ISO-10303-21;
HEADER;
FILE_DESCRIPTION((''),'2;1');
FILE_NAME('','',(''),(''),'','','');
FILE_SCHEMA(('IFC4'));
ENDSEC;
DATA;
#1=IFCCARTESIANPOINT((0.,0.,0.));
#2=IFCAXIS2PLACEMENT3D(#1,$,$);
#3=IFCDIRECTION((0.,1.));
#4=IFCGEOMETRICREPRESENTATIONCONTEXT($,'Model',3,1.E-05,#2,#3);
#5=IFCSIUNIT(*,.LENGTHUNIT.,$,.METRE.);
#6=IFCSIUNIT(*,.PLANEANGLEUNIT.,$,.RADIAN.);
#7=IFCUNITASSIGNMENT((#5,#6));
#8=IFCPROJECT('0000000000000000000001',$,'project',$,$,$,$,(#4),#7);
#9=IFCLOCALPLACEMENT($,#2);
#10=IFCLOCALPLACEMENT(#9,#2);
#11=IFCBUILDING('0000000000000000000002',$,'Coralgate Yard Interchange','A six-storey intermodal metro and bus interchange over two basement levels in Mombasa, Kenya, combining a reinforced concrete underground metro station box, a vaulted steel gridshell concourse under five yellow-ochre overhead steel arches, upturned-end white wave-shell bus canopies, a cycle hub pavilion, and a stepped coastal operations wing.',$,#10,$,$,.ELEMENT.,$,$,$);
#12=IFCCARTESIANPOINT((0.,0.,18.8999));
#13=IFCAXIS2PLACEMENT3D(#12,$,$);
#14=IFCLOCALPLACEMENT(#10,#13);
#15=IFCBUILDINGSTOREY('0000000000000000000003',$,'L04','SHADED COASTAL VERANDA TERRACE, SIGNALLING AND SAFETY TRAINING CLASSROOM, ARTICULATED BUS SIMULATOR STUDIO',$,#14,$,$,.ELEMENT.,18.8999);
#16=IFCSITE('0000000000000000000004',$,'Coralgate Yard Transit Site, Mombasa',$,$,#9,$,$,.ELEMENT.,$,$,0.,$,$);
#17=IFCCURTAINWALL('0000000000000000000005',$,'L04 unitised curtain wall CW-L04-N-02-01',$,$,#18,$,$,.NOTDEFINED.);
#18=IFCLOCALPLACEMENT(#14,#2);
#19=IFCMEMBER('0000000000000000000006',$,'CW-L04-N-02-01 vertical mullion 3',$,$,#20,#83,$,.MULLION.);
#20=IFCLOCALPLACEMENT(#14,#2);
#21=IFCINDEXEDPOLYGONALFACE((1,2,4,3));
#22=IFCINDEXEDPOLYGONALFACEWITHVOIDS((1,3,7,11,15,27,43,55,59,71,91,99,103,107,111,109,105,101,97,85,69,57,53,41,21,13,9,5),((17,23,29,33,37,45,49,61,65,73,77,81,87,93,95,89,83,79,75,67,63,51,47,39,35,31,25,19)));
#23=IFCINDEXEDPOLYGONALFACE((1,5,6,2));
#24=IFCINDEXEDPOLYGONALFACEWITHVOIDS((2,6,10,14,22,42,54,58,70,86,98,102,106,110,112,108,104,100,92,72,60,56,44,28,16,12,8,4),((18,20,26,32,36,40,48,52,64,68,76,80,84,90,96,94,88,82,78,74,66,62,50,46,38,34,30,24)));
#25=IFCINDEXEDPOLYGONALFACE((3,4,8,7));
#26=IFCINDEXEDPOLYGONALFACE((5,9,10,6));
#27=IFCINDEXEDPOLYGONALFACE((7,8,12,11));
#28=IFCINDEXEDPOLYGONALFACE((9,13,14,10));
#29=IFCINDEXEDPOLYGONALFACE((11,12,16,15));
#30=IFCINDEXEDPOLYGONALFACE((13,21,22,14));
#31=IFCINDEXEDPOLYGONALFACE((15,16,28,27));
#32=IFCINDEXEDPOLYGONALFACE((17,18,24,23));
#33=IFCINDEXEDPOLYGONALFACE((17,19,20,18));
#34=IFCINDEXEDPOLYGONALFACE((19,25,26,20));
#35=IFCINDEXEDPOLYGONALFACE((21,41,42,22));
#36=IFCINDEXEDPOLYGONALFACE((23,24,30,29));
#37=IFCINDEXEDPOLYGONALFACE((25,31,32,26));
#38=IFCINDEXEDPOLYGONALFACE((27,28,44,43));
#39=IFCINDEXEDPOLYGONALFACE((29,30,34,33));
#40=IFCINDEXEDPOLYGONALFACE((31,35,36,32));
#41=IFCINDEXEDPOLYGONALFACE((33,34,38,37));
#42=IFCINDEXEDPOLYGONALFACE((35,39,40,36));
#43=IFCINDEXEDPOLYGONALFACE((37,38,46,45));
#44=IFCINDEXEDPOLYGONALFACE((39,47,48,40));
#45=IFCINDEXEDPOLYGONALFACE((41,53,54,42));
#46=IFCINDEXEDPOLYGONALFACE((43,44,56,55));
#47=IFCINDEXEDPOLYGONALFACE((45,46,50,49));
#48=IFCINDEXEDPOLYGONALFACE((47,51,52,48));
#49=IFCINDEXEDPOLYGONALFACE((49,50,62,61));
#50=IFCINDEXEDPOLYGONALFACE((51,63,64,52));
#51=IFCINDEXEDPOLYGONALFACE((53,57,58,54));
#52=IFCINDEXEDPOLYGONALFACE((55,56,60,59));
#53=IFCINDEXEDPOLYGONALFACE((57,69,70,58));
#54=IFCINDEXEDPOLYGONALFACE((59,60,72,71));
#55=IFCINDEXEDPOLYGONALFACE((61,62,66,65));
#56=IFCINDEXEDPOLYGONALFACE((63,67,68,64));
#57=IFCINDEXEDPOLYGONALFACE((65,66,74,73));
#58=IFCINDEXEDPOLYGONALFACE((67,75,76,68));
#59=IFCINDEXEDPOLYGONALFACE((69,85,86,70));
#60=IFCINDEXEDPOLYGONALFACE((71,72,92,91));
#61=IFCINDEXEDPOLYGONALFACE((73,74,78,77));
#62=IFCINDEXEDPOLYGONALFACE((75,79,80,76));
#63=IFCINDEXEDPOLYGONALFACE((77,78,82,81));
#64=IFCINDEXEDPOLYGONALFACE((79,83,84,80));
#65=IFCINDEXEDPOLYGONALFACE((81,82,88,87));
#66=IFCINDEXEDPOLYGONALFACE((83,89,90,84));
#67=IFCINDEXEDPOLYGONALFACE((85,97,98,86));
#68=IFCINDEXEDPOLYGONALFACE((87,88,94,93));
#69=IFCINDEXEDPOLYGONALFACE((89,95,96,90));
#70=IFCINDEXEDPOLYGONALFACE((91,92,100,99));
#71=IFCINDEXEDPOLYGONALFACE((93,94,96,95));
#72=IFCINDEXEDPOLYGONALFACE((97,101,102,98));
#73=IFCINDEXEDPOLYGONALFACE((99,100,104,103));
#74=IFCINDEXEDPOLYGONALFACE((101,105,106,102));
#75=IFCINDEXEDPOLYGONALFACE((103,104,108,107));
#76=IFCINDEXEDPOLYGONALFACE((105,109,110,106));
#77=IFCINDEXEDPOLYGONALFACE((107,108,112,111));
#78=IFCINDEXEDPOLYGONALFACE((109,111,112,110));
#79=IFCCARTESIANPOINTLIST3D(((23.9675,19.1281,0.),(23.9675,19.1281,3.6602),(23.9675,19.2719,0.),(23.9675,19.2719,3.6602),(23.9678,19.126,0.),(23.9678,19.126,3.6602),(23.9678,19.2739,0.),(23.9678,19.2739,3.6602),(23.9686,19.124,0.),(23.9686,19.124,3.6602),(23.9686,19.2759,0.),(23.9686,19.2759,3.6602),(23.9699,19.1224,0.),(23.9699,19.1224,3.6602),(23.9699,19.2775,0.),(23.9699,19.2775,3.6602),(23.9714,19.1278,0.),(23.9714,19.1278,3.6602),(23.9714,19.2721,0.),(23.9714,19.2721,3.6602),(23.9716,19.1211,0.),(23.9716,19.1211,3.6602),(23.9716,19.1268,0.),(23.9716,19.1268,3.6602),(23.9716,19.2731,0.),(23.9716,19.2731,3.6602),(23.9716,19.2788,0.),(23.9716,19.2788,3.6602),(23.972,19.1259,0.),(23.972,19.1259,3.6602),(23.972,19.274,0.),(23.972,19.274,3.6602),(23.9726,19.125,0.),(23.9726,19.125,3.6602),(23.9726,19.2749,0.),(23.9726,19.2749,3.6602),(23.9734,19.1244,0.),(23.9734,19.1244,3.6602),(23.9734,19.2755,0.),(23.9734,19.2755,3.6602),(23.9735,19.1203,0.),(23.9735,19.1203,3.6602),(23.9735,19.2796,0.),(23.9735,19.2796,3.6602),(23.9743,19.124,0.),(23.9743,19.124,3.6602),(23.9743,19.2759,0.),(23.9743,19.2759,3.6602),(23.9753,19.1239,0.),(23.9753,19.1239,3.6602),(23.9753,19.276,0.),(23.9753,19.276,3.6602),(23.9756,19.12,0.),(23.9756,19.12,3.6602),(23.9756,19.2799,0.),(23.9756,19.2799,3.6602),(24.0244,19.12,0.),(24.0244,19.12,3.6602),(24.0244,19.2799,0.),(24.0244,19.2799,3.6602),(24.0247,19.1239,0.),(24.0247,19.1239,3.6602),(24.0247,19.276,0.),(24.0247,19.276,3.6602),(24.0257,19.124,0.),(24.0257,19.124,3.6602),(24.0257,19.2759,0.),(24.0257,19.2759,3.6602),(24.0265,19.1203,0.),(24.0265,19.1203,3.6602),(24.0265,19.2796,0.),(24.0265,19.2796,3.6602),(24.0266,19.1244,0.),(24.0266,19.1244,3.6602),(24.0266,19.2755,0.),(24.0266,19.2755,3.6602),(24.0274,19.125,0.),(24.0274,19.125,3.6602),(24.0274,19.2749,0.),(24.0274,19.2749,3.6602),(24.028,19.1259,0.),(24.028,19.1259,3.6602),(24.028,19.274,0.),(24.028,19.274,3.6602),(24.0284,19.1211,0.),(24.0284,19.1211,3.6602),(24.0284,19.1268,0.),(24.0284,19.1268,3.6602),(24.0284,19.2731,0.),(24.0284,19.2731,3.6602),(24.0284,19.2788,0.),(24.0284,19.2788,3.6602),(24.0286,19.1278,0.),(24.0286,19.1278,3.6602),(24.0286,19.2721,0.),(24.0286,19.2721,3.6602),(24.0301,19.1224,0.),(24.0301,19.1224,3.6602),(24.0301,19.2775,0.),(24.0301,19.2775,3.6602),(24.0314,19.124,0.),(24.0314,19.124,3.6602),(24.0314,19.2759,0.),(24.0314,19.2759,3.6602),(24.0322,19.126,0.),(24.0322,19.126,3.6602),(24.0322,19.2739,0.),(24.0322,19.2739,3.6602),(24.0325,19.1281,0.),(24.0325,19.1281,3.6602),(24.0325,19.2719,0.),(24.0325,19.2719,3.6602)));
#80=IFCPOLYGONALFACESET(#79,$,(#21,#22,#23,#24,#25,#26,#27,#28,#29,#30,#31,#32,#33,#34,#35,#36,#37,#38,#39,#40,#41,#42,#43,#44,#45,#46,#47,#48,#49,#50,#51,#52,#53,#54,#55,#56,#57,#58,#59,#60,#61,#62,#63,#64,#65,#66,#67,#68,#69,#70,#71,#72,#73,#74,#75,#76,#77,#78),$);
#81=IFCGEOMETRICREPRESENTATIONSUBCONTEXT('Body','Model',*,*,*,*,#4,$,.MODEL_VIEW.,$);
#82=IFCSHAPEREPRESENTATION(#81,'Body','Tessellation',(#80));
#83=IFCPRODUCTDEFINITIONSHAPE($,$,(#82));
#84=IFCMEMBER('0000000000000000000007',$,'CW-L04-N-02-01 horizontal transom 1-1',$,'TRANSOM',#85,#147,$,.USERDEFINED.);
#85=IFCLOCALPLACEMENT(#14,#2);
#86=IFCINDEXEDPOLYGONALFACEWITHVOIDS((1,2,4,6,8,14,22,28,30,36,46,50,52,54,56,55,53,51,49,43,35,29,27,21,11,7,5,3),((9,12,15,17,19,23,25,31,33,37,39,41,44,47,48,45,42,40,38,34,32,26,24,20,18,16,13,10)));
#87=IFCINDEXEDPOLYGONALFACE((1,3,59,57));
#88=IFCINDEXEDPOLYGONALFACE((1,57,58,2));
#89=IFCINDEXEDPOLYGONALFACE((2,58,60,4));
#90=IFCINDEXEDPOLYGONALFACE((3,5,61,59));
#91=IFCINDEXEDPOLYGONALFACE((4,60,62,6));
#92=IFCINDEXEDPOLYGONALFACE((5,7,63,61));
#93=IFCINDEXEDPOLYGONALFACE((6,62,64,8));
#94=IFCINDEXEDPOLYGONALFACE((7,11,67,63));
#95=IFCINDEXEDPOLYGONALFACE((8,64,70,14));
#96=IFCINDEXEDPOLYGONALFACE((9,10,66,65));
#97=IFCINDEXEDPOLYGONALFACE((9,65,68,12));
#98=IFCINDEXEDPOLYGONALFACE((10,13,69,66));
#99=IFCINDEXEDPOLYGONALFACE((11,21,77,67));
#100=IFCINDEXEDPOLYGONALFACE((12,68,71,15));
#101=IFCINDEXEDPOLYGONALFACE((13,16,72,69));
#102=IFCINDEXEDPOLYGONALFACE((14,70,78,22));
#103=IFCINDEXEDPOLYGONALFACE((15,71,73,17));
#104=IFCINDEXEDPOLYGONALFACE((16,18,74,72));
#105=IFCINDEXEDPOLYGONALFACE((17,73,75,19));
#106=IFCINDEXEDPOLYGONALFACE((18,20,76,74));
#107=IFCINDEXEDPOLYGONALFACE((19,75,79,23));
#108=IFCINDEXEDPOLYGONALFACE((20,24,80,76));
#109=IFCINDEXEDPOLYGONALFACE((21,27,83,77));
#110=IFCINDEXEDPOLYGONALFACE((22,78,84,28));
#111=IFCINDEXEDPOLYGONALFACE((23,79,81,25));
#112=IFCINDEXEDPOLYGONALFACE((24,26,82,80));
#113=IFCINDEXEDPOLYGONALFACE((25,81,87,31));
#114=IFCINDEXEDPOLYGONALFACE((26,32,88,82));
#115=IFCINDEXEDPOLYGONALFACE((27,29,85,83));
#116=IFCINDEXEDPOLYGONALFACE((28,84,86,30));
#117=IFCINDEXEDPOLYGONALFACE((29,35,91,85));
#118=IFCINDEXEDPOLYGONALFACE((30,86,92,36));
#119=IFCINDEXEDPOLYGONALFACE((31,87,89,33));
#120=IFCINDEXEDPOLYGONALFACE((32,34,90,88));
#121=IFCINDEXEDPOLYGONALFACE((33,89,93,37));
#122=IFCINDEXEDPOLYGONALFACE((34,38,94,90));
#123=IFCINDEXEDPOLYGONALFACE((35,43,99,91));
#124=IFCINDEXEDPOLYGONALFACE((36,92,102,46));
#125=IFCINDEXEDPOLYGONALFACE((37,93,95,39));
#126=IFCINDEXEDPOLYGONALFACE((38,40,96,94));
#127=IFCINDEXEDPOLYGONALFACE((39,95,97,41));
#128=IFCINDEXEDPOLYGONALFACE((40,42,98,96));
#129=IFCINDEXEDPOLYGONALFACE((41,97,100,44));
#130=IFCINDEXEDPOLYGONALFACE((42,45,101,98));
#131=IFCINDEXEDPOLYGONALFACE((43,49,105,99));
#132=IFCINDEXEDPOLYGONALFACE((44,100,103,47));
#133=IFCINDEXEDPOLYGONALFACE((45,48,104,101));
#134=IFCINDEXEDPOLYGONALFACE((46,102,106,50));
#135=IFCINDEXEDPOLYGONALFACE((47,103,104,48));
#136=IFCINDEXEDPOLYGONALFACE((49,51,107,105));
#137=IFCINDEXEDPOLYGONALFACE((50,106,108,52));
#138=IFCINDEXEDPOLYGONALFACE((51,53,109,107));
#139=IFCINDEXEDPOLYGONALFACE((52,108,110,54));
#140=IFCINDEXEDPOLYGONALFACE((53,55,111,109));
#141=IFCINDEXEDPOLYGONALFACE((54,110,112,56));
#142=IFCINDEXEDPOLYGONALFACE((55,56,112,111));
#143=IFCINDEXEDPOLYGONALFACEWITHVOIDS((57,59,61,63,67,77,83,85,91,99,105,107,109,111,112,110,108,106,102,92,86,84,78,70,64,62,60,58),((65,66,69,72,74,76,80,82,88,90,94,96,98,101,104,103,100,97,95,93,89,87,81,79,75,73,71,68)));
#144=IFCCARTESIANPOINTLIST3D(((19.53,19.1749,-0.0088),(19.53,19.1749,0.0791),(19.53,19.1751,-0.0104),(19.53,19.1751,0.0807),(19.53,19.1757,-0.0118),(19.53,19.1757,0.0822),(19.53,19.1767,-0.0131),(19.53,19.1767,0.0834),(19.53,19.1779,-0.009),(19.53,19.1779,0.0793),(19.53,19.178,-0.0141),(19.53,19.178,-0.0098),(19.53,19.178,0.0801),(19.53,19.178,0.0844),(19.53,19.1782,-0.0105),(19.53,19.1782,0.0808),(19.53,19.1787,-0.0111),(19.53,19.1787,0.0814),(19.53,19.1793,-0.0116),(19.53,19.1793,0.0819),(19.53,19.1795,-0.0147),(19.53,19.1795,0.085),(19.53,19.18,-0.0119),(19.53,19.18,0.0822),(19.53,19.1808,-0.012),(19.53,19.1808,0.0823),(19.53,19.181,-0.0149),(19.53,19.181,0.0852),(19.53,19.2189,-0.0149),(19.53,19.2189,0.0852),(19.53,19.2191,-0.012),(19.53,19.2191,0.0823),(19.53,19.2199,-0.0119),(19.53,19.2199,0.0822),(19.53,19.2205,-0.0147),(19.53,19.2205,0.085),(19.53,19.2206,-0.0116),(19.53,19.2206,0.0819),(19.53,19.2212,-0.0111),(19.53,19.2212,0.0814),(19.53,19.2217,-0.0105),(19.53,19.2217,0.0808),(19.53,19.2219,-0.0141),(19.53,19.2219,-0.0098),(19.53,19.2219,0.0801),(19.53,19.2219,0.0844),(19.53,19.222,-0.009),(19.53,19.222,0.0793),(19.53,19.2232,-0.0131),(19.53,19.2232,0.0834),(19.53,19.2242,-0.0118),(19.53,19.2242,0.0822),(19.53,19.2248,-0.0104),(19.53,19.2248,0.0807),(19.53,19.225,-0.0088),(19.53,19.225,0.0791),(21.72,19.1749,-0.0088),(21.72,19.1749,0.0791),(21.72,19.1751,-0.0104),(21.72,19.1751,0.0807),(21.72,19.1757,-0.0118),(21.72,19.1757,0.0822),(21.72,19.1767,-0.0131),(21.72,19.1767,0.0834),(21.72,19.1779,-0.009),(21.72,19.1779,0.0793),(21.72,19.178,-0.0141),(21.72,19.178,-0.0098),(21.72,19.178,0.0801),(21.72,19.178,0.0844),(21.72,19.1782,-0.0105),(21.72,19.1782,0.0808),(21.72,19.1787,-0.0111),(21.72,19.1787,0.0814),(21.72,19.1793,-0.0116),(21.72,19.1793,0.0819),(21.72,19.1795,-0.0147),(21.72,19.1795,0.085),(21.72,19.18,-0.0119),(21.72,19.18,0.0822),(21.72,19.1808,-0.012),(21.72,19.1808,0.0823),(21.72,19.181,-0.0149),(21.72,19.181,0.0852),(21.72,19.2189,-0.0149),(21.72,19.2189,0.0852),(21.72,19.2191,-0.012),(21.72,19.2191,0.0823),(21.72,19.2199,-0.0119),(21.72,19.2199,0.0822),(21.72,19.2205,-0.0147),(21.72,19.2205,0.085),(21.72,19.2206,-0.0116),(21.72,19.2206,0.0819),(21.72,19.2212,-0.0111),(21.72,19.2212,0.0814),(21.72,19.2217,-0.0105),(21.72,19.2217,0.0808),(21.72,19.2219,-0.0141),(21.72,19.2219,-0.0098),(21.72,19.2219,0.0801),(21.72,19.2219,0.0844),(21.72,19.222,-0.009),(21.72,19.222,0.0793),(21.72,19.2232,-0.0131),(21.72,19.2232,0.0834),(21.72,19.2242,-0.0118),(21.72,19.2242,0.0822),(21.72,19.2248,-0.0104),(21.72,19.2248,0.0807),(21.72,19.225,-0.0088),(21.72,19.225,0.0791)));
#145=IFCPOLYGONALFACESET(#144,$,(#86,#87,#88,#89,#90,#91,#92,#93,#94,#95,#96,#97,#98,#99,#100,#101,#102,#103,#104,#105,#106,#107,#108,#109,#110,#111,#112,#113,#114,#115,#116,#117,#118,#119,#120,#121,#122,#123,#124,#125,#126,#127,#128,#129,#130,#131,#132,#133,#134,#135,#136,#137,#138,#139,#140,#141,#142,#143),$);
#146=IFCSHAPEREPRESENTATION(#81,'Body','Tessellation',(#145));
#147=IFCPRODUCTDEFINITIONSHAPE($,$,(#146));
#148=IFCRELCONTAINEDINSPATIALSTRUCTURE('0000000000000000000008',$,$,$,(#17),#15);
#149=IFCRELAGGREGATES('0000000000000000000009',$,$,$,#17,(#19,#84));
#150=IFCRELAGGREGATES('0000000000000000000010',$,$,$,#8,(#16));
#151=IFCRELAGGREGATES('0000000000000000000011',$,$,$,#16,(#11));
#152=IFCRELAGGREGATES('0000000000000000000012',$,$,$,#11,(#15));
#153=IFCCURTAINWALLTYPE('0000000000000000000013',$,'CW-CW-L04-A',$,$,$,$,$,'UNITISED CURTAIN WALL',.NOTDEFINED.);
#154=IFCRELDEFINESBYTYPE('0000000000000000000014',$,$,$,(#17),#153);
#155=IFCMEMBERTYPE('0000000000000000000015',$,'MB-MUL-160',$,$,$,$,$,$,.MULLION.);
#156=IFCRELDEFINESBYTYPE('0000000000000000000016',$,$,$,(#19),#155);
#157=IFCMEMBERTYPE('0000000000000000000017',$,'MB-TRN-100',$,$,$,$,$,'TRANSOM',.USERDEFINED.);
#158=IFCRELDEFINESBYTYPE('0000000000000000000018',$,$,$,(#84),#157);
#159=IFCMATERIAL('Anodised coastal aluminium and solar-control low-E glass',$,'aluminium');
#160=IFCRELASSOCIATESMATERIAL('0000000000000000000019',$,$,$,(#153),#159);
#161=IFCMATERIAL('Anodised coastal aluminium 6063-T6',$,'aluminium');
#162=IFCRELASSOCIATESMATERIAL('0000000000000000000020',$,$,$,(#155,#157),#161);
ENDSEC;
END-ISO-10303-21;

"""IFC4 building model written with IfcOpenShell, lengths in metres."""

from ifc_helpers import new_model, si_unit, direction, frame, origin, origin_2d, place, context, subcontext, project, spatial, hollow_rectangle, extrude, material, material_profile, profile_set, type_object, element, aggregate, save


model = new_model("IFC4")

# Units and contexts
model_context = context("Model", 3, precision=1e-05, world=origin(), true_north=direction((0.0, 1.0)))
body_context = subcontext(model_context, "Body", "Model", "MODEL_VIEW")
ifc_project = project(units=[si_unit("LENGTHUNIT", "METRE"), si_unit("PLANEANGLEUNIT", "RADIAN")], contexts=[model_context])

# Site, building, storey
site_placement = place(None, origin())
site = spatial("IfcSite", under=ifc_project, at=site_placement, Name="Coralgate Yard Transit Site, Mombasa", CompositionType="ELEMENT", RefElevation=0.0)
building_placement = place(site_placement, origin())
building = spatial("IfcBuilding", under=site, at=building_placement, Name="Coralgate Yard Interchange", Description="A six-storey intermodal metro and bus interchange over two basement levels in Mombasa, Kenya, combining a reinforced concrete underground metro station box, a vaulted steel gridshell concourse under five yellow-ochre overhead steel arches, upturned-end white wave-shell bus canopies, a cycle hub pavilion, and a stepped coastal operations wing.", CompositionType="ELEMENT")
storey_placement = place(building_placement, frame((0.0, 0.0, 18.8999)))
storey = spatial("IfcBuildingStorey", under=building, at=storey_placement, Name="L04", Description="SHADED COASTAL VERANDA TERRACE, SIGNALLING AND SAFETY TRAINING CLASSROOM, ARTICULATED BUS SIMULATOR STUDIO", CompositionType="ELEMENT", Elevation=18.8999)

# Curtain wall, members
ifc_material_1 = material(Name="Anodised coastal aluminium and solar-control low-E glass", Category="aluminium")
curtain_wall_type = type_object("IfcCurtainWallType", Name="CW-CW-L04-A", ElementType="UNITISED CURTAIN WALL", PredefinedType="NOTDEFINED", material=ifc_material_1)
curtain_wall_placement = place(storey_placement, origin())
curtain_wall = element("IfcCurtainWall", 1, at=curtain_wall_placement, inside=storey, type_object=curtain_wall_type, Name="L04 unitised curtain wall CW-L04-N-02-01", PredefinedType="NOTDEFINED")
ifc_material_2 = material(Name="Anodised coastal aluminium 6063-T6", Category="aluminium")
ifc_material_profile_1 = material_profile(ifc_material_2, hollow_rectangle(XDim=0.0649, YDim=0.1599, WallThickness=0.0039, InnerFilletRadius=0.0039, OuterFilletRadius=0.0081, at=origin_2d()), Name="ALU 65x160x4")
ifc_profile_set_1 = profile_set([ifc_material_profile_1], Name="Anodised coastal aluminium 6063-T6")
member_type_1 = type_object("IfcMemberType", Name="MB-MUL-160", PredefinedType="MULLION", material=ifc_profile_set_1)
member_1_placement = place(storey_placement, frame((24.0, 19.2, 0.0), z_axis=(0.0, 0.0, 1.0), x_axis=(1.0, 0.0, 0.0)))
member_1 = element("IfcMember", 2, at=member_1_placement, type_object=member_type_1, Name="CW-L04-N-02-01 vertical mullion 3", PredefinedType="MULLION", context=body_context, shape_type="SweptSolid", body=[
    extrude(hollow_rectangle(XDim=0.0649, YDim=0.1599, WallThickness=0.0039, InnerFilletRadius=0.0039, OuterFilletRadius=0.0081, at=origin_2d()), origin(), (0.0, 0.0, 1.0), 3.6602),
])
ifc_material_profile_2 = material_profile(ifc_material_2, hollow_rectangle(XDim=0.05, YDim=0.1001, WallThickness=0.0029, InnerFilletRadius=0.0029, OuterFilletRadius=0.0061, at=origin_2d()), Name="ALU 50x100x3")
ifc_profile_set_2 = profile_set([ifc_material_profile_2], Name="Anodised coastal aluminium 6063-T6")
member_type_2 = type_object("IfcMemberType", Name="MB-TRN-100", ElementType="TRANSOM", PredefinedType="USERDEFINED", material=ifc_profile_set_2)
member_2_placement = place(storey_placement, frame((19.53, 19.2, 0.0352), z_axis=(1.0, 0.0, 0.0), x_axis=(0.0, 1.0, 0.0)))
member_2 = element("IfcMember", 3, at=member_2_placement, type_object=member_type_2, Name="CW-L04-N-02-01 horizontal transom 1-1", ObjectType="TRANSOM", PredefinedType="USERDEFINED", context=body_context, shape_type="SweptSolid", body=[
    extrude(hollow_rectangle(XDim=0.05, YDim=0.1001, WallThickness=0.0029, InnerFilletRadius=0.0029, OuterFilletRadius=0.0061, at=origin_2d()), origin(), (0.0, 0.0, 1.0), 2.1899),
])
aggregate(curtain_wall, [member_1, member_2])

save(model, "model.ifc")
